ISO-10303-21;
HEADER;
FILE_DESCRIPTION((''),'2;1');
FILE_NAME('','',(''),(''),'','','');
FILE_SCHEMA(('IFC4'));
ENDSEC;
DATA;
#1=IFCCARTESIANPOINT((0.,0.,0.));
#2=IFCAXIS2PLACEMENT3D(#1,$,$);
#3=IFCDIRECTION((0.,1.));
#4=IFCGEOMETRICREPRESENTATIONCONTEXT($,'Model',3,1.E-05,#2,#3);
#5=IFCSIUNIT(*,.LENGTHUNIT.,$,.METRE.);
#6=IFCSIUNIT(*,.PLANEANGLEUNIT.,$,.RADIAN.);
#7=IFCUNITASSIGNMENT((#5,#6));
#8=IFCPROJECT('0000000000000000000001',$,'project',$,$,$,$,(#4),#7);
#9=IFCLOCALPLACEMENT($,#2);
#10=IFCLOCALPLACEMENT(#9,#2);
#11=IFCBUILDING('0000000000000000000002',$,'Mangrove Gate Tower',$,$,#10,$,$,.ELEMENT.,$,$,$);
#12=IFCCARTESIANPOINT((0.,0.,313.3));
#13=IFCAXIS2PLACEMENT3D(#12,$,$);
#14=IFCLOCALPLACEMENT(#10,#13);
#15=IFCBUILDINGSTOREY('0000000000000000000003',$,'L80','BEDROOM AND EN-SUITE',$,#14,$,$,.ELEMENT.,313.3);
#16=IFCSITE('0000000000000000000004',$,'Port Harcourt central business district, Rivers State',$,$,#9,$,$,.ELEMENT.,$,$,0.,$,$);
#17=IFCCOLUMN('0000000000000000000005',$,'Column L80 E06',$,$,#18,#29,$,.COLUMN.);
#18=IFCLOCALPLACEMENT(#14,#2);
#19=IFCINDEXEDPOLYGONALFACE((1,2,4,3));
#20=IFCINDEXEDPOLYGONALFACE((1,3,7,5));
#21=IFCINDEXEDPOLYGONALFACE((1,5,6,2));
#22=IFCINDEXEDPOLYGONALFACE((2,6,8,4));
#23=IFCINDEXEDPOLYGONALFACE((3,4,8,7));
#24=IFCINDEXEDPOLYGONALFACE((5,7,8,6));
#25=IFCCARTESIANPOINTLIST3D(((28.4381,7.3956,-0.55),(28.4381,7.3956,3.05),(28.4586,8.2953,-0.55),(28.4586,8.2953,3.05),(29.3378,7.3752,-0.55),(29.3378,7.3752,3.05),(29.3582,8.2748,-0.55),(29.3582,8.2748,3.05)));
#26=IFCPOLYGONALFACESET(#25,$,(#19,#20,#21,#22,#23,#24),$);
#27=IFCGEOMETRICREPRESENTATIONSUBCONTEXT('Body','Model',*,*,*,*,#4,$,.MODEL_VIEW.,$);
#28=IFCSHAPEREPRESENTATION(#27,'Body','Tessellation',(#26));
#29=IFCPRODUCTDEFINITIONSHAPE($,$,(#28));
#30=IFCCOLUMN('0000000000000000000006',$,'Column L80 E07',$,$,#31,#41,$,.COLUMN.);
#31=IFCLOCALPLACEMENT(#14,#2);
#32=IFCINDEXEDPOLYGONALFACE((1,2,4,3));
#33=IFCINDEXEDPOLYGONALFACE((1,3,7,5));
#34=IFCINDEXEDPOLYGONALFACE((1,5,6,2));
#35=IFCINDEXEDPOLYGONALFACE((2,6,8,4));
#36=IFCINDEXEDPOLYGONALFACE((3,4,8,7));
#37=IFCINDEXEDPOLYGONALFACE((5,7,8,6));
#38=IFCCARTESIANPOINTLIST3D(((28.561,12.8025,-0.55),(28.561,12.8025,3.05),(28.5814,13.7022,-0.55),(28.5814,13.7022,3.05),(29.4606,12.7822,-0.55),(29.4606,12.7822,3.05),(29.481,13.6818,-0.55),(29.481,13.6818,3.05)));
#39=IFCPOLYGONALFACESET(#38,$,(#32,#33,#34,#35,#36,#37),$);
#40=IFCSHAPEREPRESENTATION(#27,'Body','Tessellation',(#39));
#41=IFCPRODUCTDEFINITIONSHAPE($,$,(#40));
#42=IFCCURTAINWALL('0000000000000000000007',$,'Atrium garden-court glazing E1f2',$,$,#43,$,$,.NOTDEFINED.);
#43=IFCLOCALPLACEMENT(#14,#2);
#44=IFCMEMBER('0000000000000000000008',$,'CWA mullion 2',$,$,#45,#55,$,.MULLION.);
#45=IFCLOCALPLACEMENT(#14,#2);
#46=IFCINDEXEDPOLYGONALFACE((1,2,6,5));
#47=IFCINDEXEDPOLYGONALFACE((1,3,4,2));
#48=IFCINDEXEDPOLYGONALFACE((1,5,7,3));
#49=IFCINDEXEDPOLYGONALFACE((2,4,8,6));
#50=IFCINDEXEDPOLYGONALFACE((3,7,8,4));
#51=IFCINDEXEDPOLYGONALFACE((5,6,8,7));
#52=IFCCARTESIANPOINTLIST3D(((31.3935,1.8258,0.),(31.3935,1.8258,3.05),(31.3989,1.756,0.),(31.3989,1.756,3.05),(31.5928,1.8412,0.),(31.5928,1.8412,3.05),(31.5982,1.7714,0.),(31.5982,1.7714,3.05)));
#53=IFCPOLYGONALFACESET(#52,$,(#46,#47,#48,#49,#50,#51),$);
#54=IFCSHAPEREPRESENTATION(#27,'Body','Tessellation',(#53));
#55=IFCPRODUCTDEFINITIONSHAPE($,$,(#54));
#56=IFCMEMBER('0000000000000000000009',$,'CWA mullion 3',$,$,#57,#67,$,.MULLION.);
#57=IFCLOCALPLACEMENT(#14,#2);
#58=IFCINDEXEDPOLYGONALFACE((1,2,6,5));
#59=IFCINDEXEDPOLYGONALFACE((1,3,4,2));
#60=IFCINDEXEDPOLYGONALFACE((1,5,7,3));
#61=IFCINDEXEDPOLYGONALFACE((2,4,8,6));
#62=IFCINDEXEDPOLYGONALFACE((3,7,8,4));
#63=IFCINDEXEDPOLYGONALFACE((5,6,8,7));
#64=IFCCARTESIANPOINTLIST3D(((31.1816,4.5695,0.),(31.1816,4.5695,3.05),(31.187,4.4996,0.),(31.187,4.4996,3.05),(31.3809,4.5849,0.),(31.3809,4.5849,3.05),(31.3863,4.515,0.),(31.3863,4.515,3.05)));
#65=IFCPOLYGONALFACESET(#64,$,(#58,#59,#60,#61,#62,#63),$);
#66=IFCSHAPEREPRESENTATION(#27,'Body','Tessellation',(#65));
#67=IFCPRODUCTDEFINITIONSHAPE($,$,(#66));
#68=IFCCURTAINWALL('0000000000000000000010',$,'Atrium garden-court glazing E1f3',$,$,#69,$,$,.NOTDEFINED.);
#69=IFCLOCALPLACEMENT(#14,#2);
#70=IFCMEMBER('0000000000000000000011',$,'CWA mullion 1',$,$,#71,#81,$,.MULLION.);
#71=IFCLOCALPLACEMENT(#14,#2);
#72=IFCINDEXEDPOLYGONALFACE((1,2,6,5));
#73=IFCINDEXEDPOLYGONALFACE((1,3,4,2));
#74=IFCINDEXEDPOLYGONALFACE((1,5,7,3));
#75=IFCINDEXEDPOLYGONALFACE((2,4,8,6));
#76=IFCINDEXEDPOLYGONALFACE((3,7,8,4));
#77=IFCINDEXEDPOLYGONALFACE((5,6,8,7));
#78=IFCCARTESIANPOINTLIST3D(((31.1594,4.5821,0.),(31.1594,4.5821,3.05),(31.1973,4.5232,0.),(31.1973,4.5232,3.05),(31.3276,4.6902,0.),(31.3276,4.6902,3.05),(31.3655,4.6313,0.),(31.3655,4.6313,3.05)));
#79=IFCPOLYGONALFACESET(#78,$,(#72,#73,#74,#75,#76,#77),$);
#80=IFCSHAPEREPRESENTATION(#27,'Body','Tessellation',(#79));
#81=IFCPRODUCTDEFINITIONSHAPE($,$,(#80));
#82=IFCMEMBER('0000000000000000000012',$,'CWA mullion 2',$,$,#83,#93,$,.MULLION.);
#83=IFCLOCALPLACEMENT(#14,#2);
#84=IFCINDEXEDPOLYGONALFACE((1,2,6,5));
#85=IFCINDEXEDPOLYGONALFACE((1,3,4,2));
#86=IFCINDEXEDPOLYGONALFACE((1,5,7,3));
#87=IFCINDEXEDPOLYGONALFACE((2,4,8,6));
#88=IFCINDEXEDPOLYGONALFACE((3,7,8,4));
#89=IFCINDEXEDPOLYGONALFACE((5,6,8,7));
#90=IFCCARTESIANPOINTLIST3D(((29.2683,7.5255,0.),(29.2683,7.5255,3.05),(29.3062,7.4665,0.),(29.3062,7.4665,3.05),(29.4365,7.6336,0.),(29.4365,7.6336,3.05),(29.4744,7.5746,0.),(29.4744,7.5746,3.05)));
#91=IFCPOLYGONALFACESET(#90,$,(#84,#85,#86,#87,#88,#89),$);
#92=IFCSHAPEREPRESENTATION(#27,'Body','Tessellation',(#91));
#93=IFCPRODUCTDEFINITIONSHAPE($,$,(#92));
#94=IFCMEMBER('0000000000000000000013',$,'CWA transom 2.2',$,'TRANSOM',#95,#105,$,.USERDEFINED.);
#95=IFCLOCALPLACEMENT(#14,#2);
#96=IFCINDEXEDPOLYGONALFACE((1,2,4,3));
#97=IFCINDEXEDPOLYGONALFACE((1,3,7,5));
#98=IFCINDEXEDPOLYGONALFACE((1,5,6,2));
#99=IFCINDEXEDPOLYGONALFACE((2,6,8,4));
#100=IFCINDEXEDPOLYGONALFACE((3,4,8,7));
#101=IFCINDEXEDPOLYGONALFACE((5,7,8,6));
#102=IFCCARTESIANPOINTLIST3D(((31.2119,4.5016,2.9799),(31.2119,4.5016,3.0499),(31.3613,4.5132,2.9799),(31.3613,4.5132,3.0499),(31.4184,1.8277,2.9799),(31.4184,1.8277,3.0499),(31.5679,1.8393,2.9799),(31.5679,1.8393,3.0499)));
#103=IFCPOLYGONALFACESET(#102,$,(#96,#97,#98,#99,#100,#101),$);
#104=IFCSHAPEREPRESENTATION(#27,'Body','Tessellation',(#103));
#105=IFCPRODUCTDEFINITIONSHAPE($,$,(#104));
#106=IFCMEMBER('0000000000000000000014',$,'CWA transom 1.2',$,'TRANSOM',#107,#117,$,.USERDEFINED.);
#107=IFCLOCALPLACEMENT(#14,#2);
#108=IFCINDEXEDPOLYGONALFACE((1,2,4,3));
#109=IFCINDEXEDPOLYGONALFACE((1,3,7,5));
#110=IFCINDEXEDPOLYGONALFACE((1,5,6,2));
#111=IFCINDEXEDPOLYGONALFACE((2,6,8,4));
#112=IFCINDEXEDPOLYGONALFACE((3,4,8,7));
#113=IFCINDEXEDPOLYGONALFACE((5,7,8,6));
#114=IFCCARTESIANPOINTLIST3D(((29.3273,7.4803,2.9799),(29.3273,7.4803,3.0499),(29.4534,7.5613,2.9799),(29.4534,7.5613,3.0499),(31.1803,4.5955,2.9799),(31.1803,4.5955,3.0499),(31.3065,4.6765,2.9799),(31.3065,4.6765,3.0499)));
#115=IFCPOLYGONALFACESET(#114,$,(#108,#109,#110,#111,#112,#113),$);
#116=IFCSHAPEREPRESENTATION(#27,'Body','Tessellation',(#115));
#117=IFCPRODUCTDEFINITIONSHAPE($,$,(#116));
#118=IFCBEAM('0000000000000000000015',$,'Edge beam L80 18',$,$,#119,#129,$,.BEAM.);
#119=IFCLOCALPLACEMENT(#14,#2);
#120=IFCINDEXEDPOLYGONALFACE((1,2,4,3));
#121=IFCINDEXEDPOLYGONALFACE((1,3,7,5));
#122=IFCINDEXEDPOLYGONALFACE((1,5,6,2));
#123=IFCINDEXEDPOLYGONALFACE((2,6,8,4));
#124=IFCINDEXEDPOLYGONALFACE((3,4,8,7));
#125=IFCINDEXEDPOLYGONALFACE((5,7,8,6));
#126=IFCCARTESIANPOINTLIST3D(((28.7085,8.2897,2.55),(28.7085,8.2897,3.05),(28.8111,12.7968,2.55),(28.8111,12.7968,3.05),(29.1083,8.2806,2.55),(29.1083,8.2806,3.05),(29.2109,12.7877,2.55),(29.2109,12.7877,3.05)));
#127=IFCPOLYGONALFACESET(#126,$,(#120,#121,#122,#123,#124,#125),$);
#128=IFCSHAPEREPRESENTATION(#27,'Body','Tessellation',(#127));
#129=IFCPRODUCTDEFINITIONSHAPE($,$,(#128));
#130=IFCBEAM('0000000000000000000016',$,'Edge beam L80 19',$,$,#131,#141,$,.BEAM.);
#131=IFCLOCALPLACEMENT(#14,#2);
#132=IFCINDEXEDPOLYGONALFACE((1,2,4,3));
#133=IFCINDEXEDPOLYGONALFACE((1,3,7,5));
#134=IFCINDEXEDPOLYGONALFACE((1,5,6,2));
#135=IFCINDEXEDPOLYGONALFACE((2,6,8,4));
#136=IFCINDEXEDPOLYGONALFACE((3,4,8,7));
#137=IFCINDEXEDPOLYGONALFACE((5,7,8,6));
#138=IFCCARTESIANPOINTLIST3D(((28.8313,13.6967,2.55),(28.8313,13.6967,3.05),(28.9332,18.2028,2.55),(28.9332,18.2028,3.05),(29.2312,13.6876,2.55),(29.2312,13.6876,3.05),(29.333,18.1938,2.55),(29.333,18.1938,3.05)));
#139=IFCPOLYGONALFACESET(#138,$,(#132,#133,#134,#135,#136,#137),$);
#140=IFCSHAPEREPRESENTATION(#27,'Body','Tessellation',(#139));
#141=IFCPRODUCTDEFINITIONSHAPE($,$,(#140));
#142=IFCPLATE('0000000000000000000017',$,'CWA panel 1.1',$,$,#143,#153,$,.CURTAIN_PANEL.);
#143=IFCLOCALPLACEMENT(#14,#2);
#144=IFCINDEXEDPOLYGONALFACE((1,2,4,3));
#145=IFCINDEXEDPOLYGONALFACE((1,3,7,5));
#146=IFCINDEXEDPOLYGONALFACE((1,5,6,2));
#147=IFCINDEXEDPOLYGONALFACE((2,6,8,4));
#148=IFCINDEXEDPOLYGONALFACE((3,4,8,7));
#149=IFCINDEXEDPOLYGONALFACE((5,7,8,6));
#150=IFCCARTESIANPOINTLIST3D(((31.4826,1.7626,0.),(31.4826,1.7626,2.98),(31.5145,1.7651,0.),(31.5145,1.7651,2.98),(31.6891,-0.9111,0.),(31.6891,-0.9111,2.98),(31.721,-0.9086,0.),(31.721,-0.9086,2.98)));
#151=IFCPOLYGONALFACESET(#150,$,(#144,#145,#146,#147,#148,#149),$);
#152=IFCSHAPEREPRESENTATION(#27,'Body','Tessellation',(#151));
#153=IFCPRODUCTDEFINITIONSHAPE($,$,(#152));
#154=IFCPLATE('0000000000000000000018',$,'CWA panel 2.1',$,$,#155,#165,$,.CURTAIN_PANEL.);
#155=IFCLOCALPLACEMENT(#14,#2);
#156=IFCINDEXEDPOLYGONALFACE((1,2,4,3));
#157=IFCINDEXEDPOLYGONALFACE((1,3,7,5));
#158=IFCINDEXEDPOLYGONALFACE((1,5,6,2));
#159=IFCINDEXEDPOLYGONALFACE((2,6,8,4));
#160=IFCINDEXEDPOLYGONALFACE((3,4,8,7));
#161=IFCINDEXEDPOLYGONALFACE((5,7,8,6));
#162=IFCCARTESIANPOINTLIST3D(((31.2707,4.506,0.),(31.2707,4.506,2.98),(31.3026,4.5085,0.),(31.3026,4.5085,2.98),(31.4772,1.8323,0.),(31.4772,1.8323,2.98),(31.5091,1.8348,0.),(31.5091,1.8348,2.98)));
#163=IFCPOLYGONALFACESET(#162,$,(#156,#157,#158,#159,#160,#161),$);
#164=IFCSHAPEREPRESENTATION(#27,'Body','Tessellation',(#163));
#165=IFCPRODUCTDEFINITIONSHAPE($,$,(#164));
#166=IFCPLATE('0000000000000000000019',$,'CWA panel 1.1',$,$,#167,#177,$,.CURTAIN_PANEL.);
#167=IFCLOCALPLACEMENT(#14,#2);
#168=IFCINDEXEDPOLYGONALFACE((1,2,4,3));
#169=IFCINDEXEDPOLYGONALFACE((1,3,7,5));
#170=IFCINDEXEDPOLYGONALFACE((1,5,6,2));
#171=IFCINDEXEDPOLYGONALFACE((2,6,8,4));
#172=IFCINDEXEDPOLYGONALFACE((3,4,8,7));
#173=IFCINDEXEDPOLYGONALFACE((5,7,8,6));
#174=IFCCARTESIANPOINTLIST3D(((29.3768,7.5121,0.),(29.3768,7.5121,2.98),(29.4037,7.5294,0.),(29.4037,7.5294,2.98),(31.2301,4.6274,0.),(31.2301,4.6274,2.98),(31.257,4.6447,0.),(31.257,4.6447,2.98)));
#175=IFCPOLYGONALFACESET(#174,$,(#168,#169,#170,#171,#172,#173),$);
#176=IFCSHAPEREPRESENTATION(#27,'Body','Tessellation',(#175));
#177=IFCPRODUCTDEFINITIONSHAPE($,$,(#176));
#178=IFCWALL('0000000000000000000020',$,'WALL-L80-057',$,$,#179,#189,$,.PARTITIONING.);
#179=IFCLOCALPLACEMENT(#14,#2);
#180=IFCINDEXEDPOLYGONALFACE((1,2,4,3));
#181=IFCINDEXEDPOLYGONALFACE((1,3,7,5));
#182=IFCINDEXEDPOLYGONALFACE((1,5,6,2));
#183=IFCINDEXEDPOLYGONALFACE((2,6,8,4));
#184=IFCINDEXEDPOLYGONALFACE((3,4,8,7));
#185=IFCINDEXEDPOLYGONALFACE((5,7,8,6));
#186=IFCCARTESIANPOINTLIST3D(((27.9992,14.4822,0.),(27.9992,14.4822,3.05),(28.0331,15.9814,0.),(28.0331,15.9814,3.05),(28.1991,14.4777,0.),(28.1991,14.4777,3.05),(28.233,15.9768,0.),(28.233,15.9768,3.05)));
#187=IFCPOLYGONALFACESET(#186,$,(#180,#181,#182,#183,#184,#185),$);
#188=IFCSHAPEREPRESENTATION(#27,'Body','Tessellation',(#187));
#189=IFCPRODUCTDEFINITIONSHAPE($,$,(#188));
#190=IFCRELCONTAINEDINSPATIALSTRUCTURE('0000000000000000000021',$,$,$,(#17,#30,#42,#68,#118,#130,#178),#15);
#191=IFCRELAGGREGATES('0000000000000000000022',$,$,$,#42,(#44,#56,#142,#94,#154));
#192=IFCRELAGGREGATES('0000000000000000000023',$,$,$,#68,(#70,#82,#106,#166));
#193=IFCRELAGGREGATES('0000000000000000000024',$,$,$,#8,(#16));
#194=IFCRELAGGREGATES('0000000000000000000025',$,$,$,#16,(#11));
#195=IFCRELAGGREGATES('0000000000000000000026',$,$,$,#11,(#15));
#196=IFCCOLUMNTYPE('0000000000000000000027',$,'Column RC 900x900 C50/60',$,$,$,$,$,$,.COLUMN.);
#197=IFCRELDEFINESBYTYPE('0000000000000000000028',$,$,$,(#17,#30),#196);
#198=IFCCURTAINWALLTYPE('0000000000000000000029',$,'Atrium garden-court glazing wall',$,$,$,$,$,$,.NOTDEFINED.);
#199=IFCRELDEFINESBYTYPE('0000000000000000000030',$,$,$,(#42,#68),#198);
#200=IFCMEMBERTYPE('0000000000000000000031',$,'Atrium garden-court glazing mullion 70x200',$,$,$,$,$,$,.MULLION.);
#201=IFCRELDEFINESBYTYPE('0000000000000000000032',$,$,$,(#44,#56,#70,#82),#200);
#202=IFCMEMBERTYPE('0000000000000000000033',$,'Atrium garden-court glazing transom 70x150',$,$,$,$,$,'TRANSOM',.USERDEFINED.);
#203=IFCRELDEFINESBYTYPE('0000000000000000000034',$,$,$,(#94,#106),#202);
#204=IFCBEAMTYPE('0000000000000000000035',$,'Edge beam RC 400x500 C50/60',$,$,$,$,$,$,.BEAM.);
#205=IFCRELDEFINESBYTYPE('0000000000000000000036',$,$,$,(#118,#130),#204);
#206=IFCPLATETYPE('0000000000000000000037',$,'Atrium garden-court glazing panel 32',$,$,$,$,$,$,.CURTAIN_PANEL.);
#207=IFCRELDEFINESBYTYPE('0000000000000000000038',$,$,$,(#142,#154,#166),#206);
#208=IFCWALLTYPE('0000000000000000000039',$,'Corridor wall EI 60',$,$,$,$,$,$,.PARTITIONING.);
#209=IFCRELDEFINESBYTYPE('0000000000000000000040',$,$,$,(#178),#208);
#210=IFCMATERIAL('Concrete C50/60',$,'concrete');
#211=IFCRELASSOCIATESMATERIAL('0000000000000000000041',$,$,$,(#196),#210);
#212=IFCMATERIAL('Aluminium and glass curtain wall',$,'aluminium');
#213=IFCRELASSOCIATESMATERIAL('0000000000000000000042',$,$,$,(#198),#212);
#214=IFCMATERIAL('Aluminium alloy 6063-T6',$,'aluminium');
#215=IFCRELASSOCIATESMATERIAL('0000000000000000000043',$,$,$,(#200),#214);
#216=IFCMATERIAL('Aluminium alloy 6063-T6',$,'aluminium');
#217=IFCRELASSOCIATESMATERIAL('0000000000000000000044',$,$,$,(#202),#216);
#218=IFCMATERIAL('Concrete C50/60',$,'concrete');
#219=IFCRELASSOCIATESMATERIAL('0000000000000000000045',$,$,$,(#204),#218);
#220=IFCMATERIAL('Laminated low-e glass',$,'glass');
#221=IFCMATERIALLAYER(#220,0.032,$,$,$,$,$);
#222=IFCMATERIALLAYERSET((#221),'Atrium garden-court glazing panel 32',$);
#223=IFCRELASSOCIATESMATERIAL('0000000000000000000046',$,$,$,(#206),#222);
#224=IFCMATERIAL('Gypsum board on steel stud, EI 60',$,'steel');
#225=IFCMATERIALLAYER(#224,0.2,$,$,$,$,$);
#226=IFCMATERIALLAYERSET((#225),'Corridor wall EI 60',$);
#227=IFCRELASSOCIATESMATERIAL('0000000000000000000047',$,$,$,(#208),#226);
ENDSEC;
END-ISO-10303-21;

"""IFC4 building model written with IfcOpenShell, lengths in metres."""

from ifc_helpers import new_model, si_unit, direction, frame, frame_2d, origin, origin_2d, place, context, subcontext, project, spatial, rectangle, extrude, material, layer, layer_set, material_profile, profile_set, type_object, element, aggregate, save


model = new_model("IFC4")

# Units and contexts
model_context = context("Model", 3, precision=1e-05, world=origin(), true_north=direction((0.0, 1.0)))
body_context = subcontext(model_context, "Body", "Model", "MODEL_VIEW")
ifc_project = project(units=[si_unit("LENGTHUNIT", "METRE"), si_unit("PLANEANGLEUNIT", "RADIAN")], contexts=[model_context])

# Site, building, storey
site_placement = place(None, origin())
site = spatial("IfcSite", under=ifc_project, at=site_placement, Name="Port Harcourt central business district, Rivers State", CompositionType="ELEMENT", RefElevation=0.0)
building_placement = place(site_placement, origin())
building = spatial("IfcBuilding", under=site, at=building_placement, Name="Mangrove Gate Tower", CompositionType="ELEMENT")
storey_placement = place(building_placement, frame((0.0, 0.0, 313.3)))
storey = spatial("IfcBuildingStorey", under=building, at=storey_placement, Name="L80", Description="BEDROOM AND EN-SUITE", CompositionType="ELEMENT", Elevation=313.3)

# Columns
ifc_material_1 = material(Name="Concrete C50/60", Category="concrete")
ifc_material_profile_1 = material_profile(ifc_material_1, rectangle(XDim=0.8999, YDim=0.8999, at=origin_2d()))
ifc_profile_set_1 = profile_set([ifc_material_profile_1], Name="Concrete C50/60")
column_type = type_object("IfcColumnType", Name="Column RC 900x900 C50/60", PredefinedType="COLUMN", material=ifc_profile_set_1)
for number, where, z_axis, x_axis, name in (
    (1, (28.8982, 7.8352, -0.55), (0.0, 0.0, 1.0), (0.022705, 0.999742, 0.0), "Column L80 E06"),
    (2, (29.021, 13.2422, -0.55), (0.0, 0.0, 1.0), (0.022652, 0.999743, 0.0), "Column L80 E07"),
):
    element("IfcColumn", number, at=place(storey_placement, frame(where, z_axis=z_axis, x_axis=x_axis)), inside=storey, type_object=column_type, Name=name, PredefinedType="COLUMN", context=body_context, shape_type="SweptSolid", body=[
        extrude(rectangle(XDim=0.8999, YDim=0.8999, at=origin_2d()), origin(), (0.0, 0.0, 1.0), 3.6001),
    ])

# Curtain walls, members
ifc_material_2 = material(Name="Aluminium and glass curtain wall", Category="aluminium")
curtain_wall_type = type_object("IfcCurtainWallType", Name="Atrium garden-court glazing wall", PredefinedType="NOTDEFINED", material=ifc_material_2)
curtain_wall_1_placement = place(storey_placement, origin())
curtain_wall_1 = element("IfcCurtainWall", 3, at=curtain_wall_1_placement, inside=storey, type_object=curtain_wall_type, Name="Atrium garden-court glazing E1f2", PredefinedType="NOTDEFINED")
ifc_material_3 = material(Name="Aluminium alloy 6063-T6", Category="aluminium")
ifc_material_profile_2 = material_profile(ifc_material_3, rectangle(XDim=0.0701, YDim=0.2, at=origin_2d()))
ifc_profile_set_2 = profile_set([ifc_material_profile_2], Name="Aluminium alloy 6063-T6")
member_type_1 = type_object("IfcMemberType", Name="Atrium garden-court glazing mullion 70x200", PredefinedType="MULLION", material=ifc_profile_set_2)
member_1_placement = place(storey_placement, frame((31.4958, 1.7986, 0.0), z_axis=(0.0, 0.0, 1.0), x_axis=(-0.077023, 0.997029, 0.0)))
member_1 = element("IfcMember", 4, at=member_1_placement, type_object=member_type_1, Name="CWA mullion 2", PredefinedType="MULLION", context=body_context, shape_type="SweptSolid", body=[
    extrude(rectangle(XDim=0.0701, YDim=0.2, at=origin_2d()), origin(), (0.0, 0.0, 1.0), 3.05),
])
member_2_placement = place(storey_placement, frame((31.2839, 4.5422, 0.0), z_axis=(0.0, 0.0, 1.0), x_axis=(-0.077023, 0.997029, 0.0)))
member_2 = element("IfcMember", 5, at=member_2_placement, type_object=member_type_1, Name="CWA mullion 3", PredefinedType="MULLION", context=body_context, shape_type="SweptSolid", body=[
    extrude(rectangle(XDim=0.0701, YDim=0.2, at=origin_2d()), origin(), (0.0, 0.0, 1.0), 3.05),
])
curtain_wall_2_placement = place(storey_placement, origin())
curtain_wall_2 = element("IfcCurtainWall", 6, at=curtain_wall_2_placement, inside=storey, type_object=curtain_wall_type, Name="Atrium garden-court glazing E1f3", PredefinedType="NOTDEFINED")
member_3_placement = place(storey_placement, frame((31.2625, 4.6067, 0.0), z_axis=(0.0, 0.0, 1.0), x_axis=(-0.540512, 0.841336, 0.0)))
member_3 = element("IfcMember", 7, at=member_3_placement, type_object=member_type_1, Name="CWA mullion 1", PredefinedType="MULLION", context=body_context, shape_type="SweptSolid", body=[
    extrude(rectangle(XDim=0.0701, YDim=0.2, at=origin_2d()), origin(), (0.0, 0.0, 1.0), 3.05),
])
member_4_placement = place(storey_placement, frame((29.3713, 7.55, 0.0), z_axis=(0.0, 0.0, 1.0), x_axis=(-0.540512, 0.841336, 0.0)))
member_4 = element("IfcMember", 8, at=member_4_placement, type_object=member_type_1, Name="CWA mullion 2", PredefinedType="MULLION", context=body_context, shape_type="SweptSolid", body=[
    extrude(rectangle(XDim=0.0701, YDim=0.2, at=origin_2d()), origin(), (0.0, 0.0, 1.0), 3.05),
])

# Members
ifc_material_4 = material(Name="Aluminium alloy 6063-T6", Category="aluminium")
ifc_material_profile_3 = material_profile(ifc_material_4, rectangle(XDim=0.0701, YDim=0.1499, at=origin_2d()))
ifc_profile_set_3 = profile_set([ifc_material_profile_3], Name="Aluminium alloy 6063-T6")
member_type_2 = type_object("IfcMemberType", Name="Atrium garden-court glazing transom 70x150", ElementType="TRANSOM", PredefinedType="USERDEFINED", material=ifc_profile_set_3)
member_5_placement = place(storey_placement, frame((31.4932, 1.8335, 3.0149), z_axis=(-0.077017, 0.99703, 0.0), x_axis=(0.0, 0.0, 1.0)))
member_5 = element("IfcMember", 9, at=member_5_placement, type_object=member_type_2, Name="CWA transom 2.2", ObjectType="TRANSOM", PredefinedType="USERDEFINED", context=body_context, shape_type="SweptSolid", body=[
    extrude(rectangle(XDim=0.0701, YDim=0.1499, at=origin_2d()), origin(), (0.0, 0.0, 1.0), 2.6819),
])
member_6_placement = place(storey_placement, frame((31.2434, 4.636, 3.0149), z_axis=(-0.540455, 0.841373, 0.0), x_axis=(0.0, 0.0, 1.0)))
member_6 = element("IfcMember", 10, at=member_6_placement, type_object=member_type_2, Name="CWA transom 1.2", ObjectType="TRANSOM", PredefinedType="USERDEFINED", context=body_context, shape_type="SweptSolid", body=[
    extrude(rectangle(XDim=0.0701, YDim=0.1499, at=origin_2d()), origin(), (0.0, 0.0, 1.0), 3.4287),
])

# Beams
ifc_material_5 = material(Name="Concrete C50/60", Category="concrete")
ifc_material_profile_4 = material_profile(ifc_material_5, rectangle(XDim=0.3999, YDim=0.5, at=origin_2d()))
ifc_profile_set_4 = profile_set([ifc_material_profile_4], Name="Concrete C50/60")
beam_type = type_object("IfcBeamType", Name="Edge beam RC 400x500 C50/60", PredefinedType="BEAM", material=ifc_profile_set_4)
beam_1_placement = place(storey_placement, frame((28.9084, 8.2852, 2.8), z_axis=(0.022745, 0.999741, 0.0), x_axis=(-0.999741, 0.022745, 0.0)))
element("IfcBeam", 11, at=beam_1_placement, inside=storey, type_object=beam_type, Name="Edge beam L80 18", PredefinedType="BEAM", context=body_context, shape_type="SweptSolid", body=[
    extrude(rectangle(XDim=0.3999, YDim=0.5, at=origin_2d()), origin(), (0.0, 0.0, 1.0), 4.5083),
])
beam_2_placement = place(storey_placement, frame((29.0312, 13.6921, 2.8), z_axis=(0.022587, 0.999745, 0.0), x_axis=(-0.999745, 0.022587, 0.0)))
element("IfcBeam", 12, at=beam_2_placement, inside=storey, type_object=beam_type, Name="Edge beam L80 19", PredefinedType="BEAM", context=body_context, shape_type="SweptSolid", body=[
    extrude(rectangle(XDim=0.3999, YDim=0.5, at=origin_2d()), origin(), (0.0, 0.0, 1.0), 4.5073),
])

# Plates
ifc_material_6 = material(Name="Laminated low-e glass", Category="glass")
ifc_layer_1 = layer(ifc_material_6, 0.032)
ifc_layer_set_1 = layer_set([ifc_layer_1], Name="Atrium garden-court glazing panel 32")
plate_type = type_object("IfcPlateType", Name="Atrium garden-court glazing panel 32", PredefinedType="CURTAIN_PANEL", material=ifc_layer_set_1)
plate_1_placement = place(storey_placement, frame((31.6018, 0.427, 0.0), z_axis=(0.0, 0.0, 1.0), x_axis=(-0.077023, 0.997029, 0.0)))
plate_1 = element("IfcPlate", 13, at=plate_1_placement, type_object=plate_type, Name="CWA panel 1.1", PredefinedType="CURTAIN_PANEL", context=body_context, shape_type="SweptSolid", body=[
    extrude(rectangle(XDim=2.6816, YDim=0.032, at=origin_2d()), origin(), (0.0, 0.0, 1.0), 2.98),
])
plate_2_placement = place(storey_placement, frame((31.3899, 3.1704, 0.0), z_axis=(0.0, 0.0, 1.0), x_axis=(-0.077023, 0.997029, 0.0)))
plate_2 = element("IfcPlate", 14, at=plate_2_placement, type_object=plate_type, Name="CWA panel 2.1", PredefinedType="CURTAIN_PANEL", context=body_context, shape_type="SweptSolid", body=[
    extrude(rectangle(XDim=2.6816, YDim=0.032, at=origin_2d()), origin(), (0.0, 0.0, 1.0), 2.98),
])
aggregate(curtain_wall_1, [member_1, member_2, plate_1, member_5, plate_2])
plate_3_placement = place(storey_placement, frame((30.3169, 6.0784, 0.0), z_axis=(0.0, 0.0, 1.0), x_axis=(-0.540512, 0.841336, 0.0)))
plate_3 = element("IfcPlate", 15, at=plate_3_placement, type_object=plate_type, Name="CWA panel 1.1", PredefinedType="CURTAIN_PANEL", context=body_context, shape_type="SweptSolid", body=[
    extrude(rectangle(XDim=3.4287, YDim=0.032, at=origin_2d()), origin(), (0.0, 0.0, 1.0), 2.98),
])
aggregate(curtain_wall_2, [member_3, member_4, member_6, plate_3])

# Wall
ifc_material_7 = material(Name="Gypsum board on steel stud, EI 60", Category="steel")
ifc_layer_2 = layer(ifc_material_7, 0.2)
ifc_layer_set_2 = layer_set([ifc_layer_2], Name="Corridor wall EI 60")
wall_type_1 = type_object("IfcWallType", Name="Corridor wall EI 60", PredefinedType="PARTITIONING", material=ifc_layer_set_2)
wall_1_placement = place(storey_placement, frame((28.0991, 14.48, 0.0), z_axis=(0.0, 0.0, 1.0), x_axis=(0.022633, 0.999744, 0.0)))
element("IfcWall", 16, at=wall_1_placement, inside=storey, type_object=wall_type_1, Name="WALL-L80-057", PredefinedType="PARTITIONING", context=body_context, shape_type="SweptSolid", body=[
    extrude(rectangle(XDim=1.4995, YDim=0.2, at=frame_2d((0.7498, 0.0))), origin(), (0.0, 0.0, 1.0), 3.05),
])

save(model, "model.ifc")
